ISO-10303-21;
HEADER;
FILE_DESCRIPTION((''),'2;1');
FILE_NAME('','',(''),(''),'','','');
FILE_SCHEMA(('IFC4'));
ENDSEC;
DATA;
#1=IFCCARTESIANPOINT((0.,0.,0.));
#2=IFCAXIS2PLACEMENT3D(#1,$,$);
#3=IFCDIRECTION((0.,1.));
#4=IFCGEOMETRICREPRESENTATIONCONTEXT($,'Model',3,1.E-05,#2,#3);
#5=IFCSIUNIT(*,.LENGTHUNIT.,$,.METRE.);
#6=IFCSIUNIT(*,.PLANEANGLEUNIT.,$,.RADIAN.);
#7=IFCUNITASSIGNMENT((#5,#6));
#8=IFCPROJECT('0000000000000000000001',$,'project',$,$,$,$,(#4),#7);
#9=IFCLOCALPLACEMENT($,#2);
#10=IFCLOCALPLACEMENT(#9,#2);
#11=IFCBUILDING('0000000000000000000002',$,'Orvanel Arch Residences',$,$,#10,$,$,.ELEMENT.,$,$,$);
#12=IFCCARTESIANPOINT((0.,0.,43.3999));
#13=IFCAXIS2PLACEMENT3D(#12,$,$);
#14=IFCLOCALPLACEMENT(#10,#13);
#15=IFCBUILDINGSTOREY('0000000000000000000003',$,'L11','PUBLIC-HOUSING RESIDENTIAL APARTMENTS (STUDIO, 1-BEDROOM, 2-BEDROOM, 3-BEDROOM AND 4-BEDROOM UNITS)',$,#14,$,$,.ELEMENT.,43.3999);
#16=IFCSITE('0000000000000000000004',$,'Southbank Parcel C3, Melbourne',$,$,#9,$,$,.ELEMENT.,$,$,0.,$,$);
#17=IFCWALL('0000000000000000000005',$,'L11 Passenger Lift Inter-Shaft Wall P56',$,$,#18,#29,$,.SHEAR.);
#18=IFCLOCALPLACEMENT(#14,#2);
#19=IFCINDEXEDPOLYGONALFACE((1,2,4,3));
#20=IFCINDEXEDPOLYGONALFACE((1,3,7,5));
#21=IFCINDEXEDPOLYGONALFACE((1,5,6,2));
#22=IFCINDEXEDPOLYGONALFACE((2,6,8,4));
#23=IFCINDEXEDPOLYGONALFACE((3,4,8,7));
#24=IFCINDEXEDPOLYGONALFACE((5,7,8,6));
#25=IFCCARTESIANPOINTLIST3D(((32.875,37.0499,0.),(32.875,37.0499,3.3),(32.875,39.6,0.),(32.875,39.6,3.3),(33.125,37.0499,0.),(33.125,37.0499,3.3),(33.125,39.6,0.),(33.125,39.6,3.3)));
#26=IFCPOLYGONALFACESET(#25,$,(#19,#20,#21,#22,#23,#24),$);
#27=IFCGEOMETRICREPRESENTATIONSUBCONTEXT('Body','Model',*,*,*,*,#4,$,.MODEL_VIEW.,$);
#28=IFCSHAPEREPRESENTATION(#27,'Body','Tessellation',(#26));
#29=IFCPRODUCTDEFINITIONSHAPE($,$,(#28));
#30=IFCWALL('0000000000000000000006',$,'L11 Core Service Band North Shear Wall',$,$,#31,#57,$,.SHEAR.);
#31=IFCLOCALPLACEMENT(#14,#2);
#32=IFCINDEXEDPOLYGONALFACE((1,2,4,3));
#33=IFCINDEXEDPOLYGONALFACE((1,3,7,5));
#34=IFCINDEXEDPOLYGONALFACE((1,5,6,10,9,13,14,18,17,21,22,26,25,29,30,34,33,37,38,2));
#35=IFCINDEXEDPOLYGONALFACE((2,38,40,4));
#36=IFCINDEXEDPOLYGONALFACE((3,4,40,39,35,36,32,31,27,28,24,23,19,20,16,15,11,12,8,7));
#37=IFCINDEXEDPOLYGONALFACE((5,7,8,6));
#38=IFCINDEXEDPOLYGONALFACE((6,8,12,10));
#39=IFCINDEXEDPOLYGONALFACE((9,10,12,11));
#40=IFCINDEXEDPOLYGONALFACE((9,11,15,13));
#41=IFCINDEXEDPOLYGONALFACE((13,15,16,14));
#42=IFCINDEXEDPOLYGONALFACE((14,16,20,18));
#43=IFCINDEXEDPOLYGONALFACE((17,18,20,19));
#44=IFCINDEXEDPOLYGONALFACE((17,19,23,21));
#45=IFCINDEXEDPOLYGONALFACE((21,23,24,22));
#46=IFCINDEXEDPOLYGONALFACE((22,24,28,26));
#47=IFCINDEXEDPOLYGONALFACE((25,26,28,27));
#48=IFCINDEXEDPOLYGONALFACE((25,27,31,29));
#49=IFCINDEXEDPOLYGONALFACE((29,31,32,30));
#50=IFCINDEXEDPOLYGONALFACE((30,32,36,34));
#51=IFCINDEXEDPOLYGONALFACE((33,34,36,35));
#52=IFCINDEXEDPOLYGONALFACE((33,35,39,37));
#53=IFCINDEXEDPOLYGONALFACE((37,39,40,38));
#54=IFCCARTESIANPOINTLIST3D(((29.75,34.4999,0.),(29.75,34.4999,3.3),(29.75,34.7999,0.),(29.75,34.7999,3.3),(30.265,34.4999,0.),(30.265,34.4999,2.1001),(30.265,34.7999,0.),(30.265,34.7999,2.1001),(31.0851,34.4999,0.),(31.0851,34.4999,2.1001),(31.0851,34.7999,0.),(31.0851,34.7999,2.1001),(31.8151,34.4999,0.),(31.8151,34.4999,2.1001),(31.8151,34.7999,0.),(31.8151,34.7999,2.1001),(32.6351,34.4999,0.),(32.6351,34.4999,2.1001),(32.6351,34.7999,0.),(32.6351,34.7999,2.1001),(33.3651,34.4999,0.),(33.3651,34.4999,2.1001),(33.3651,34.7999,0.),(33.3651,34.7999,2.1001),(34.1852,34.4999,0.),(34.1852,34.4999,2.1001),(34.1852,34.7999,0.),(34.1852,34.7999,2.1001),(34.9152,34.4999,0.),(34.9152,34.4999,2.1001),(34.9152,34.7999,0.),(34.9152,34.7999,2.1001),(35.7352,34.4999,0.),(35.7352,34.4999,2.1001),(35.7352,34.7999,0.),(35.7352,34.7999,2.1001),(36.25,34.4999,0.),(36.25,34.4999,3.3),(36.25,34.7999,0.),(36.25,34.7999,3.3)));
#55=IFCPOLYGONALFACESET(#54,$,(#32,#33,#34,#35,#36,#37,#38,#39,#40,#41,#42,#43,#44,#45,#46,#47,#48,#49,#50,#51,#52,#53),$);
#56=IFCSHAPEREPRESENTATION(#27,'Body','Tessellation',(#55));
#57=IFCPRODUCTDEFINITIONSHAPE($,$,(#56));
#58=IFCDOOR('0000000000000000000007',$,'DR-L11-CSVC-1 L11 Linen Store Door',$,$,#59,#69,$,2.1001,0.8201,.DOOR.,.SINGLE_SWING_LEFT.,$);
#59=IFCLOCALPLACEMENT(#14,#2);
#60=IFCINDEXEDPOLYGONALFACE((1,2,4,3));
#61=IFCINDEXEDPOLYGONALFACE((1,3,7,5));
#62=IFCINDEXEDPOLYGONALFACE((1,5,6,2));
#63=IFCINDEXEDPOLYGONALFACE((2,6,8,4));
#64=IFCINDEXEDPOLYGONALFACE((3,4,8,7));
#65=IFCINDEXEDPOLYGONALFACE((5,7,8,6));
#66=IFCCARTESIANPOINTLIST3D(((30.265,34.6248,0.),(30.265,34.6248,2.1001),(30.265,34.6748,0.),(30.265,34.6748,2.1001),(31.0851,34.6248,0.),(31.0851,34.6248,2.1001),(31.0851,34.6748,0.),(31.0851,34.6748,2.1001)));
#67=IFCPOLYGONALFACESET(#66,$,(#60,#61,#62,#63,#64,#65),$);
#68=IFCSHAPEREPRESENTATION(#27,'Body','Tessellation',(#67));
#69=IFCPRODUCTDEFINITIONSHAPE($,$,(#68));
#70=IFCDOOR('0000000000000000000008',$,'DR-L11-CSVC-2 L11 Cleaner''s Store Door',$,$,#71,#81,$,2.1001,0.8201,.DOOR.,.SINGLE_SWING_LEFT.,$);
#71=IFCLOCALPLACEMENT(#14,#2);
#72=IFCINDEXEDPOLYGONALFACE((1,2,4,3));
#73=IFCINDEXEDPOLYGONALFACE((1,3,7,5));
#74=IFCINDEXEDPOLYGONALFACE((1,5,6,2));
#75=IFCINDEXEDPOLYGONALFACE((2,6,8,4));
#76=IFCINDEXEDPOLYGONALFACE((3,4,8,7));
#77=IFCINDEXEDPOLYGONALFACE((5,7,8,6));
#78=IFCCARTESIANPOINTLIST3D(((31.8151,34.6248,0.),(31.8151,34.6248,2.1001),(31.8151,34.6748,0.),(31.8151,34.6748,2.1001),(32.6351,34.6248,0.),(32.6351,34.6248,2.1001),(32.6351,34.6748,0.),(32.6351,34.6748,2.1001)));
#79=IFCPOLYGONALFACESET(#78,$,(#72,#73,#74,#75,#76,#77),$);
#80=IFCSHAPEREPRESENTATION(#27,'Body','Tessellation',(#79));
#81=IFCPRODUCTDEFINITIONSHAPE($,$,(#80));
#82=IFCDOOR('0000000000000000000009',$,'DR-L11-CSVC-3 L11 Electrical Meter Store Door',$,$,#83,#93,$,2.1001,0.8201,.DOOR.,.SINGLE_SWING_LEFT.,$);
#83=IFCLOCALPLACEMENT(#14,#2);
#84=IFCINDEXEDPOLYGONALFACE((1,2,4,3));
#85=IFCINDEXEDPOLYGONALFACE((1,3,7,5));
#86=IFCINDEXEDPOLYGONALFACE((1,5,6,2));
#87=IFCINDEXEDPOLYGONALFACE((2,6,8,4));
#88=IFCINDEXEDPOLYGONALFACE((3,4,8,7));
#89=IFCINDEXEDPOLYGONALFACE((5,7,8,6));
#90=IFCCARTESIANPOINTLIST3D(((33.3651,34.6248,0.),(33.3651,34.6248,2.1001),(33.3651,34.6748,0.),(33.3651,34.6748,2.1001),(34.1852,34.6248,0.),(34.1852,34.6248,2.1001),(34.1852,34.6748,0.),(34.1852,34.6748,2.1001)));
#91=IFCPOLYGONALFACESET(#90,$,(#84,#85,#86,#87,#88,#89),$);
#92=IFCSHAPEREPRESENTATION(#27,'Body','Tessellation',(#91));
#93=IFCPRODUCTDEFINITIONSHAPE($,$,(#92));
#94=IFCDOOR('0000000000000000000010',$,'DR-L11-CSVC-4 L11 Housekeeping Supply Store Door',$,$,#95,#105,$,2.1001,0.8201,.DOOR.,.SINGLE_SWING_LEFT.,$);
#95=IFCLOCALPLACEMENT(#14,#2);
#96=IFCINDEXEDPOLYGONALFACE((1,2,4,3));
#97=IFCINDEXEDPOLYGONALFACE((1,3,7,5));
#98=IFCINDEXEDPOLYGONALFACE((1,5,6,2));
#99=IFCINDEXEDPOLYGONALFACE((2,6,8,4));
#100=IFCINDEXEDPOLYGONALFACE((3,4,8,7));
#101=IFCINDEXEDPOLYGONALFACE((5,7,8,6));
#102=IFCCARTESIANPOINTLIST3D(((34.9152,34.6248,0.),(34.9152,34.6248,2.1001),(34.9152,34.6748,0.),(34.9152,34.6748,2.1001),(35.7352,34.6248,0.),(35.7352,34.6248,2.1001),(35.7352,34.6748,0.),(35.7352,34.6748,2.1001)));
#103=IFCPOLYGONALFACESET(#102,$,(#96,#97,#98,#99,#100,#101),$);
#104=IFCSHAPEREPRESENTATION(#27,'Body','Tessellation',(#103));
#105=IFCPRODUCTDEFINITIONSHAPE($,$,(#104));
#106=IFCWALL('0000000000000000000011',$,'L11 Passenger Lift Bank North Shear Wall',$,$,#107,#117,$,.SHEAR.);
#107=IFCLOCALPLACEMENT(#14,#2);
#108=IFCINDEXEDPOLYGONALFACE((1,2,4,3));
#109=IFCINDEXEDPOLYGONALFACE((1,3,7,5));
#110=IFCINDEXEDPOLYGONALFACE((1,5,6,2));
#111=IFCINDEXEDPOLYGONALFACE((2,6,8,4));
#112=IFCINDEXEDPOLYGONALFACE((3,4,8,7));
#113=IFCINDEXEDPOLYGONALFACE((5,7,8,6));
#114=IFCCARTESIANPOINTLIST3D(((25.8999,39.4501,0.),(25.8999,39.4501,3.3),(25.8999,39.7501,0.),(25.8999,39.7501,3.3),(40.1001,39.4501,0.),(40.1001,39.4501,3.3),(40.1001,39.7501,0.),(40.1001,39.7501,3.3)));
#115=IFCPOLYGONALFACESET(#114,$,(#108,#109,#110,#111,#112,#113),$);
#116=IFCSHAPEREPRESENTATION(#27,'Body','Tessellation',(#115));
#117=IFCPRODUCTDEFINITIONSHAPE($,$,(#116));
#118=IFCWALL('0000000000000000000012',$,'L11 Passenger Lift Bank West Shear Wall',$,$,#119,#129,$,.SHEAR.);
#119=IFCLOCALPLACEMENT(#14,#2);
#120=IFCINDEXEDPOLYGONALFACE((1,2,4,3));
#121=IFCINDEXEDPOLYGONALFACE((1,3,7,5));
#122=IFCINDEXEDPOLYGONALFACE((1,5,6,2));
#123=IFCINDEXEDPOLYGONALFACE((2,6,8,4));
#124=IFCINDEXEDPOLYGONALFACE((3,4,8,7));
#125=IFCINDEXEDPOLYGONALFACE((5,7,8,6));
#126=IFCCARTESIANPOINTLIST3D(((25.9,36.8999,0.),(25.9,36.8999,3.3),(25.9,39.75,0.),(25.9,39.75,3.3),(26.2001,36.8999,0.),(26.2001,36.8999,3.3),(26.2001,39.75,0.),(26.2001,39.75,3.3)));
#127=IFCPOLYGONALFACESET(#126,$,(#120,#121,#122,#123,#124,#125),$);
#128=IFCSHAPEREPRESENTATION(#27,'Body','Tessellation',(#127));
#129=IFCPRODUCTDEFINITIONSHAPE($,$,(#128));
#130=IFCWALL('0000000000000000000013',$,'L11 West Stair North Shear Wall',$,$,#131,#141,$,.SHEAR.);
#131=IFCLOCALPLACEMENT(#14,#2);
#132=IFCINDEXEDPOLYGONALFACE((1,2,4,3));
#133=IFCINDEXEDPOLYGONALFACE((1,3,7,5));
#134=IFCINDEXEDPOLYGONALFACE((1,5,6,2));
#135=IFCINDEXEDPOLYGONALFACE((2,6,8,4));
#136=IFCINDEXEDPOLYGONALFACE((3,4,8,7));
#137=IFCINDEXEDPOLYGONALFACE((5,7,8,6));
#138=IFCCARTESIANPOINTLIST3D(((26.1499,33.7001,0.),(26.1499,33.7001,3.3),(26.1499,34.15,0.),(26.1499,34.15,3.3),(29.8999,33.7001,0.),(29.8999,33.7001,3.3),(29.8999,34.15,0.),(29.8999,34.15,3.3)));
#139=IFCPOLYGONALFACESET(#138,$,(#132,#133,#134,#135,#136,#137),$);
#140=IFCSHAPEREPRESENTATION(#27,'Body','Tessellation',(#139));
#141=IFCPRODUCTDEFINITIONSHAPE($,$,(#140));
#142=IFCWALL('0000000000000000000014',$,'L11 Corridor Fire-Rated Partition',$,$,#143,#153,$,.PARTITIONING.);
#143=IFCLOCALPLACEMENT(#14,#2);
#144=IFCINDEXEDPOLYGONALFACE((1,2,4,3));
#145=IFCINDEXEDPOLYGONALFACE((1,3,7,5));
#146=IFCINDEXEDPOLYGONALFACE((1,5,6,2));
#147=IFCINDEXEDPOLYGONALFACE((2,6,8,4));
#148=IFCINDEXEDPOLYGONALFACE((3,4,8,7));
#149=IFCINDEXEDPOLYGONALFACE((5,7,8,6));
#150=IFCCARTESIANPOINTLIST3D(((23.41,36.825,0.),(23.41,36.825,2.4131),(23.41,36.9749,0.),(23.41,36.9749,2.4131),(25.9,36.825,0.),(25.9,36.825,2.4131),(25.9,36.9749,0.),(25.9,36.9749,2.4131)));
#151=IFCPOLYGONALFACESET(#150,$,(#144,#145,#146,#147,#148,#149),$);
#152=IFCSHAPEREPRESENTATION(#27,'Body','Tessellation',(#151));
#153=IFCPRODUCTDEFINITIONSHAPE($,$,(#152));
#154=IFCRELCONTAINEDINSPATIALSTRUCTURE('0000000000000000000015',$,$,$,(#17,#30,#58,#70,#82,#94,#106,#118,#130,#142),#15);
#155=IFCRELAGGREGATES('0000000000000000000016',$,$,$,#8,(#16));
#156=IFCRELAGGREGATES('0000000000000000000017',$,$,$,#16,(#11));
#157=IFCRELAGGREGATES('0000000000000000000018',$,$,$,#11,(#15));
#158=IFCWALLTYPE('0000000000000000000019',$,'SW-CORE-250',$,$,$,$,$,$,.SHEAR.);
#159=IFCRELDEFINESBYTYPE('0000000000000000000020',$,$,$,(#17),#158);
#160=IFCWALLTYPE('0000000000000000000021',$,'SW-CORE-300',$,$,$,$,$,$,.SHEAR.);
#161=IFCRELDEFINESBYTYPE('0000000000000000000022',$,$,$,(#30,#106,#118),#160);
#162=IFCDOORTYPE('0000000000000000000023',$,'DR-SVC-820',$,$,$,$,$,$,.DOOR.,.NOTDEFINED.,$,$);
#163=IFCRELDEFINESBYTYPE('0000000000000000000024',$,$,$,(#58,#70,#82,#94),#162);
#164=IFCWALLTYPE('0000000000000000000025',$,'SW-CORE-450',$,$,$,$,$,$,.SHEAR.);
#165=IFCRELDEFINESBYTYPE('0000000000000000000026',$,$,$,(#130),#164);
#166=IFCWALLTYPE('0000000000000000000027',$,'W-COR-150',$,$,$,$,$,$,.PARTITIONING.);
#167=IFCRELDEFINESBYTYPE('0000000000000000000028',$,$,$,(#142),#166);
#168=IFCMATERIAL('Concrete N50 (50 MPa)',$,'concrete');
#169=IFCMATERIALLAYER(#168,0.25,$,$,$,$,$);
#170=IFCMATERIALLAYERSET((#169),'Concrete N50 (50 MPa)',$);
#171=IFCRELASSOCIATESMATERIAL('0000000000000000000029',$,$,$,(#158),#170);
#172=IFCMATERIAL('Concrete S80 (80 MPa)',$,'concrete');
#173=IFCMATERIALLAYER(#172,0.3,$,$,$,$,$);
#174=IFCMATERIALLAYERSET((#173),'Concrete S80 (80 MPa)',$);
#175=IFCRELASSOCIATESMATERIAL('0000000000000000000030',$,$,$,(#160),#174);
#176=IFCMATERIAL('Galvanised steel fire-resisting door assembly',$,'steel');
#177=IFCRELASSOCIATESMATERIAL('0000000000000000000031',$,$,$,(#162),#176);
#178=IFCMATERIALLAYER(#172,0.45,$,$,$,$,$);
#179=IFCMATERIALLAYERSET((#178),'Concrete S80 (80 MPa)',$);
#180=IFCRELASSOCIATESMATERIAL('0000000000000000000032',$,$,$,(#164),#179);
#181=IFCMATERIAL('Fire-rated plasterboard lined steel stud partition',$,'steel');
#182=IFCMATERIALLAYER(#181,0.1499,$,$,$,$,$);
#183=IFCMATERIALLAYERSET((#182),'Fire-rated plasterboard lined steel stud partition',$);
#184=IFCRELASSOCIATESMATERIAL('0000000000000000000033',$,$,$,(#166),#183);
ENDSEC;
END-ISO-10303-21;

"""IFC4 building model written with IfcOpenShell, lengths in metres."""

from ifc_helpers import new_model, si_unit, direction, frame, frame_2d, origin, place, context, subcontext, project, spatial, rectangle, extrude, material, layer, layer_set, type_object, element, fill, save


model = new_model("IFC4")

# Units and contexts
model_context = context("Model", 3, precision=1e-05, world=origin(), true_north=direction((0.0, 1.0)))
body_context = subcontext(model_context, "Body", "Model", "MODEL_VIEW")
ifc_project = project(units=[si_unit("LENGTHUNIT", "METRE"), si_unit("PLANEANGLEUNIT", "RADIAN")], contexts=[model_context])

# Site, building, storey
site_placement = place(None, origin())
site = spatial("IfcSite", under=ifc_project, at=site_placement, Name="Southbank Parcel C3, Melbourne", CompositionType="ELEMENT", RefElevation=0.0)
building_placement = place(site_placement, origin())
building = spatial("IfcBuilding", under=site, at=building_placement, Name="Orvanel Arch Residences", CompositionType="ELEMENT")
storey_placement = place(building_placement, frame((0.0, 0.0, 43.3999)))
storey = spatial("IfcBuildingStorey", under=building, at=storey_placement, Name="L11", Description="PUBLIC-HOUSING RESIDENTIAL APARTMENTS (STUDIO, 1-BEDROOM, 2-BEDROOM, 3-BEDROOM AND 4-BEDROOM UNITS)", CompositionType="ELEMENT", Elevation=43.3999)

# Wall
ifc_material_1 = material(Name="Concrete N50 (50 MPa)", Category="concrete")
ifc_layer_1 = layer(ifc_material_1, 0.25)
ifc_layer_set_1 = layer_set([ifc_layer_1], Name="Concrete N50 (50 MPa)")
wall_type_1 = type_object("IfcWallType", Name="SW-CORE-250", PredefinedType="SHEAR", material=ifc_layer_set_1)
for number, where, z_axis, x_axis, name in (
    (1, (33.0, 37.05, 0.0), (0.0, 0.0, 1.0), (0.0, 1.0, 0.0), "L11 Passenger Lift Inter-Shaft Wall P56"),
):
    element("IfcWall", number, at=place(storey_placement, frame(where, z_axis=z_axis, x_axis=x_axis)), inside=storey, type_object=wall_type_1, Name=name, PredefinedType="SHEAR", context=body_context, shape_type="SweptSolid", body=[
        extrude(rectangle(XDim=2.55, YDim=0.25, at=frame_2d((1.2749, 0.0))), origin(), (0.0, 0.0, 1.0), 3.3),
    ])

# Wall, openings, doors
ifc_material_2 = material(Name="Concrete S80 (80 MPa)", Category="concrete")
ifc_layer_2 = layer(ifc_material_2, 0.3)
ifc_layer_set_2 = layer_set([ifc_layer_2], Name="Concrete S80 (80 MPa)")
wall_type_2 = type_object("IfcWallType", Name="SW-CORE-300", PredefinedType="SHEAR", material=ifc_layer_set_2)
wall_1_placement = place(storey_placement, frame((29.75, 34.6499, 0.0), z_axis=(0.0, 0.0, 1.0), x_axis=(1.0, 0.0, 0.0)))
wall_1 = element("IfcWall", 2, at=wall_1_placement, inside=storey, type_object=wall_type_2, Name="L11 Core Service Band North Shear Wall", PredefinedType="SHEAR", context=body_context, shape_type="SweptSolid", body=[
    extrude(rectangle(XDim=6.5, YDim=0.3, at=frame_2d((3.25, 0.0))), origin(), (0.0, 0.0, 1.0), 3.3),
])
opening_1_placement = place(wall_1_placement, frame((0.5149, 0.0, 0.0)))
opening_1 = element("IfcOpeningElement", 3, at=opening_1_placement, cuts=wall_1, PredefinedType="OPENING", context=body_context, shape_type="SweptSolid", body=[
    extrude(rectangle(XDim=0.8201, YDim=2.1001, at=frame_2d((0.4102, 1.05))), frame((0.0, 0.1599, 0.0), z_axis=(0.0, -1.0, 0.0), x_axis=(1.0, 0.0, 0.0)), (0.0, 0.0, 1.0), 0.3201),
])
opening_2_placement = place(wall_1_placement, frame((2.0649, 0.0, 0.0)))
opening_2 = element("IfcOpeningElement", 4, at=opening_2_placement, cuts=wall_1, PredefinedType="OPENING", context=body_context, shape_type="SweptSolid", body=[
    extrude(rectangle(XDim=0.8201, YDim=2.1001, at=frame_2d((0.4102, 1.05))), frame((0.0, 0.1599, 0.0), z_axis=(0.0, -1.0, 0.0), x_axis=(1.0, 0.0, 0.0)), (0.0, 0.0, 1.0), 0.3201),
])
opening_3_placement = place(wall_1_placement, frame((3.615, 0.0, 0.0)))
opening_3 = element("IfcOpeningElement", 5, at=opening_3_placement, cuts=wall_1, PredefinedType="OPENING", context=body_context, shape_type="SweptSolid", body=[
    extrude(rectangle(XDim=0.8201, YDim=2.1001, at=frame_2d((0.4102, 1.05))), frame((0.0, 0.1599, 0.0), z_axis=(0.0, -1.0, 0.0), x_axis=(1.0, 0.0, 0.0)), (0.0, 0.0, 1.0), 0.3201),
])
opening_4_placement = place(wall_1_placement, frame((5.165, 0.0, 0.0)))
opening_4 = element("IfcOpeningElement", 6, at=opening_4_placement, cuts=wall_1, PredefinedType="OPENING", context=body_context, shape_type="SweptSolid", body=[
    extrude(rectangle(XDim=0.8201, YDim=2.1001, at=frame_2d((0.4102, 1.05))), frame((0.0, 0.1599, 0.0), z_axis=(0.0, -1.0, 0.0), x_axis=(1.0, 0.0, 0.0)), (0.0, 0.0, 1.0), 0.3201),
])
ifc_material_3 = material(Name="Galvanised steel fire-resisting door assembly", Category="steel")
door_type_1 = type_object("IfcDoorType", Name="DR-SVC-820", OperationType="NOTDEFINED", PredefinedType="DOOR", material=ifc_material_3)
door_1_placement = place(opening_1_placement, origin())
door_1 = element("IfcDoor", 7, at=door_1_placement, inside=storey, type_object=door_type_1, Name="DR-L11-CSVC-1 L11 Linen Store Door", OperationType="SINGLE_SWING_LEFT", OverallHeight=2.1001, OverallWidth=0.8201, PredefinedType="DOOR", context=body_context, shape_type="SweptSolid", body=[
    extrude(rectangle(XDim=0.8201, YDim=2.1001, at=frame_2d((0.4102, 1.05))), frame((0.0, 0.0249, 0.0), z_axis=(0.0, -1.0, 0.0), x_axis=(1.0, 0.0, 0.0)), (0.0, 0.0, 1.0), 0.05),
])
fill(opening_1, door_1)
door_2_placement = place(opening_2_placement, origin())
door_2 = element("IfcDoor", 8, at=door_2_placement, inside=storey, type_object=door_type_1, Name="DR-L11-CSVC-2 L11 Cleaner's Store Door", OperationType="SINGLE_SWING_LEFT", OverallHeight=2.1001, OverallWidth=0.8201, PredefinedType="DOOR", context=body_context, shape_type="SweptSolid", body=[
    extrude(rectangle(XDim=0.8201, YDim=2.1001, at=frame_2d((0.4102, 1.05))), frame((0.0, 0.0249, 0.0), z_axis=(0.0, -1.0, 0.0), x_axis=(1.0, 0.0, 0.0)), (0.0, 0.0, 1.0), 0.05),
])
fill(opening_2, door_2)
door_3_placement = place(opening_3_placement, origin())
door_3 = element("IfcDoor", 9, at=door_3_placement, inside=storey, type_object=door_type_1, Name="DR-L11-CSVC-3 L11 Electrical Meter Store Door", OperationType="SINGLE_SWING_LEFT", OverallHeight=2.1001, OverallWidth=0.8201, PredefinedType="DOOR", context=body_context, shape_type="SweptSolid", body=[
    extrude(rectangle(XDim=0.8201, YDim=2.1001, at=frame_2d((0.4102, 1.05))), frame((0.0, 0.0249, 0.0), z_axis=(0.0, -1.0, 0.0), x_axis=(1.0, 0.0, 0.0)), (0.0, 0.0, 1.0), 0.05),
])
fill(opening_3, door_3)
door_4_placement = place(opening_4_placement, origin())
door_4 = element("IfcDoor", 10, at=door_4_placement, inside=storey, type_object=door_type_1, Name="DR-L11-CSVC-4 L11 Housekeeping Supply Store Door", OperationType="SINGLE_SWING_LEFT", OverallHeight=2.1001, OverallWidth=0.8201, PredefinedType="DOOR", context=body_context, shape_type="SweptSolid", body=[
    extrude(rectangle(XDim=0.8201, YDim=2.1001, at=frame_2d((0.4102, 1.05))), frame((0.0, 0.0249, 0.0), z_axis=(0.0, -1.0, 0.0), x_axis=(1.0, 0.0, 0.0)), (0.0, 0.0, 1.0), 0.05),
])
fill(opening_4, door_4)

# Walls
wall_2_placement = place(storey_placement, frame((25.8999, 39.6001, 0.0), z_axis=(0.0, 0.0, 1.0), x_axis=(1.0, 0.0, 0.0)))
element("IfcWall", 11, at=wall_2_placement, inside=storey, type_object=wall_type_2, Name="L11 Passenger Lift Bank North Shear Wall", PredefinedType="SHEAR", context=body_context, shape_type="SweptSolid", body=[
    extrude(rectangle(XDim=14.2002, YDim=0.3, at=frame_2d((7.1001, 0.0))), origin(), (0.0, 0.0, 1.0), 3.3),
])
wall_3_placement = place(storey_placement, frame((26.05, 36.8999, 0.0), z_axis=(0.0, 0.0, 1.0), x_axis=(0.0, 1.0, 0.0)))
element("IfcWall", 12, at=wall_3_placement, inside=storey, type_object=wall_type_2, Name="L11 Passenger Lift Bank West Shear Wall", PredefinedType="SHEAR", context=body_context, shape_type="SweptSolid", body=[
    extrude(rectangle(XDim=2.8501, YDim=0.3, at=frame_2d((1.425, 0.0))), origin(), (0.0, 0.0, 1.0), 3.3),
])
ifc_layer_3 = layer(ifc_material_2, 0.45)
ifc_layer_set_3 = layer_set([ifc_layer_3], Name="Concrete S80 (80 MPa)")
wall_type_3 = type_object("IfcWallType", Name="SW-CORE-450", PredefinedType="SHEAR", material=ifc_layer_set_3)
wall_4_placement = place(storey_placement, frame((26.1499, 33.925, 0.0), z_axis=(0.0, 0.0, 1.0), x_axis=(1.0, 0.0, 0.0)))
element("IfcWall", 13, at=wall_4_placement, inside=storey, type_object=wall_type_3, Name="L11 West Stair North Shear Wall", PredefinedType="SHEAR", context=body_context, shape_type="SweptSolid", body=[
    extrude(rectangle(XDim=3.75, YDim=0.45, at=frame_2d((1.875, 0.0))), origin(), (0.0, 0.0, 1.0), 3.3),
])
ifc_material_4 = material(Name="Fire-rated plasterboard lined steel stud partition", Category="steel")
ifc_layer_4 = layer(ifc_material_4, 0.1499)
ifc_layer_set_4 = layer_set([ifc_layer_4], Name="Fire-rated plasterboard lined steel stud partition")
wall_type_4 = type_object("IfcWallType", Name="W-COR-150", PredefinedType="PARTITIONING", material=ifc_layer_set_4)
wall_5_placement = place(storey_placement, frame((23.4099, 36.8999, 0.0), z_axis=(0.0, 0.0, 1.0), x_axis=(1.0, 0.0, 0.0)))
element("IfcWall", 14, at=wall_5_placement, inside=storey, type_object=wall_type_4, Name="L11 Corridor Fire-Rated Partition", PredefinedType="PARTITIONING", context=body_context, shape_type="SweptSolid", body=[
    extrude(rectangle(XDim=2.49, YDim=0.1499, at=frame_2d((1.2451, 0.0))), origin(), (0.0, 0.0, 1.0), 2.4131),
])

save(model, "model.ifc")
